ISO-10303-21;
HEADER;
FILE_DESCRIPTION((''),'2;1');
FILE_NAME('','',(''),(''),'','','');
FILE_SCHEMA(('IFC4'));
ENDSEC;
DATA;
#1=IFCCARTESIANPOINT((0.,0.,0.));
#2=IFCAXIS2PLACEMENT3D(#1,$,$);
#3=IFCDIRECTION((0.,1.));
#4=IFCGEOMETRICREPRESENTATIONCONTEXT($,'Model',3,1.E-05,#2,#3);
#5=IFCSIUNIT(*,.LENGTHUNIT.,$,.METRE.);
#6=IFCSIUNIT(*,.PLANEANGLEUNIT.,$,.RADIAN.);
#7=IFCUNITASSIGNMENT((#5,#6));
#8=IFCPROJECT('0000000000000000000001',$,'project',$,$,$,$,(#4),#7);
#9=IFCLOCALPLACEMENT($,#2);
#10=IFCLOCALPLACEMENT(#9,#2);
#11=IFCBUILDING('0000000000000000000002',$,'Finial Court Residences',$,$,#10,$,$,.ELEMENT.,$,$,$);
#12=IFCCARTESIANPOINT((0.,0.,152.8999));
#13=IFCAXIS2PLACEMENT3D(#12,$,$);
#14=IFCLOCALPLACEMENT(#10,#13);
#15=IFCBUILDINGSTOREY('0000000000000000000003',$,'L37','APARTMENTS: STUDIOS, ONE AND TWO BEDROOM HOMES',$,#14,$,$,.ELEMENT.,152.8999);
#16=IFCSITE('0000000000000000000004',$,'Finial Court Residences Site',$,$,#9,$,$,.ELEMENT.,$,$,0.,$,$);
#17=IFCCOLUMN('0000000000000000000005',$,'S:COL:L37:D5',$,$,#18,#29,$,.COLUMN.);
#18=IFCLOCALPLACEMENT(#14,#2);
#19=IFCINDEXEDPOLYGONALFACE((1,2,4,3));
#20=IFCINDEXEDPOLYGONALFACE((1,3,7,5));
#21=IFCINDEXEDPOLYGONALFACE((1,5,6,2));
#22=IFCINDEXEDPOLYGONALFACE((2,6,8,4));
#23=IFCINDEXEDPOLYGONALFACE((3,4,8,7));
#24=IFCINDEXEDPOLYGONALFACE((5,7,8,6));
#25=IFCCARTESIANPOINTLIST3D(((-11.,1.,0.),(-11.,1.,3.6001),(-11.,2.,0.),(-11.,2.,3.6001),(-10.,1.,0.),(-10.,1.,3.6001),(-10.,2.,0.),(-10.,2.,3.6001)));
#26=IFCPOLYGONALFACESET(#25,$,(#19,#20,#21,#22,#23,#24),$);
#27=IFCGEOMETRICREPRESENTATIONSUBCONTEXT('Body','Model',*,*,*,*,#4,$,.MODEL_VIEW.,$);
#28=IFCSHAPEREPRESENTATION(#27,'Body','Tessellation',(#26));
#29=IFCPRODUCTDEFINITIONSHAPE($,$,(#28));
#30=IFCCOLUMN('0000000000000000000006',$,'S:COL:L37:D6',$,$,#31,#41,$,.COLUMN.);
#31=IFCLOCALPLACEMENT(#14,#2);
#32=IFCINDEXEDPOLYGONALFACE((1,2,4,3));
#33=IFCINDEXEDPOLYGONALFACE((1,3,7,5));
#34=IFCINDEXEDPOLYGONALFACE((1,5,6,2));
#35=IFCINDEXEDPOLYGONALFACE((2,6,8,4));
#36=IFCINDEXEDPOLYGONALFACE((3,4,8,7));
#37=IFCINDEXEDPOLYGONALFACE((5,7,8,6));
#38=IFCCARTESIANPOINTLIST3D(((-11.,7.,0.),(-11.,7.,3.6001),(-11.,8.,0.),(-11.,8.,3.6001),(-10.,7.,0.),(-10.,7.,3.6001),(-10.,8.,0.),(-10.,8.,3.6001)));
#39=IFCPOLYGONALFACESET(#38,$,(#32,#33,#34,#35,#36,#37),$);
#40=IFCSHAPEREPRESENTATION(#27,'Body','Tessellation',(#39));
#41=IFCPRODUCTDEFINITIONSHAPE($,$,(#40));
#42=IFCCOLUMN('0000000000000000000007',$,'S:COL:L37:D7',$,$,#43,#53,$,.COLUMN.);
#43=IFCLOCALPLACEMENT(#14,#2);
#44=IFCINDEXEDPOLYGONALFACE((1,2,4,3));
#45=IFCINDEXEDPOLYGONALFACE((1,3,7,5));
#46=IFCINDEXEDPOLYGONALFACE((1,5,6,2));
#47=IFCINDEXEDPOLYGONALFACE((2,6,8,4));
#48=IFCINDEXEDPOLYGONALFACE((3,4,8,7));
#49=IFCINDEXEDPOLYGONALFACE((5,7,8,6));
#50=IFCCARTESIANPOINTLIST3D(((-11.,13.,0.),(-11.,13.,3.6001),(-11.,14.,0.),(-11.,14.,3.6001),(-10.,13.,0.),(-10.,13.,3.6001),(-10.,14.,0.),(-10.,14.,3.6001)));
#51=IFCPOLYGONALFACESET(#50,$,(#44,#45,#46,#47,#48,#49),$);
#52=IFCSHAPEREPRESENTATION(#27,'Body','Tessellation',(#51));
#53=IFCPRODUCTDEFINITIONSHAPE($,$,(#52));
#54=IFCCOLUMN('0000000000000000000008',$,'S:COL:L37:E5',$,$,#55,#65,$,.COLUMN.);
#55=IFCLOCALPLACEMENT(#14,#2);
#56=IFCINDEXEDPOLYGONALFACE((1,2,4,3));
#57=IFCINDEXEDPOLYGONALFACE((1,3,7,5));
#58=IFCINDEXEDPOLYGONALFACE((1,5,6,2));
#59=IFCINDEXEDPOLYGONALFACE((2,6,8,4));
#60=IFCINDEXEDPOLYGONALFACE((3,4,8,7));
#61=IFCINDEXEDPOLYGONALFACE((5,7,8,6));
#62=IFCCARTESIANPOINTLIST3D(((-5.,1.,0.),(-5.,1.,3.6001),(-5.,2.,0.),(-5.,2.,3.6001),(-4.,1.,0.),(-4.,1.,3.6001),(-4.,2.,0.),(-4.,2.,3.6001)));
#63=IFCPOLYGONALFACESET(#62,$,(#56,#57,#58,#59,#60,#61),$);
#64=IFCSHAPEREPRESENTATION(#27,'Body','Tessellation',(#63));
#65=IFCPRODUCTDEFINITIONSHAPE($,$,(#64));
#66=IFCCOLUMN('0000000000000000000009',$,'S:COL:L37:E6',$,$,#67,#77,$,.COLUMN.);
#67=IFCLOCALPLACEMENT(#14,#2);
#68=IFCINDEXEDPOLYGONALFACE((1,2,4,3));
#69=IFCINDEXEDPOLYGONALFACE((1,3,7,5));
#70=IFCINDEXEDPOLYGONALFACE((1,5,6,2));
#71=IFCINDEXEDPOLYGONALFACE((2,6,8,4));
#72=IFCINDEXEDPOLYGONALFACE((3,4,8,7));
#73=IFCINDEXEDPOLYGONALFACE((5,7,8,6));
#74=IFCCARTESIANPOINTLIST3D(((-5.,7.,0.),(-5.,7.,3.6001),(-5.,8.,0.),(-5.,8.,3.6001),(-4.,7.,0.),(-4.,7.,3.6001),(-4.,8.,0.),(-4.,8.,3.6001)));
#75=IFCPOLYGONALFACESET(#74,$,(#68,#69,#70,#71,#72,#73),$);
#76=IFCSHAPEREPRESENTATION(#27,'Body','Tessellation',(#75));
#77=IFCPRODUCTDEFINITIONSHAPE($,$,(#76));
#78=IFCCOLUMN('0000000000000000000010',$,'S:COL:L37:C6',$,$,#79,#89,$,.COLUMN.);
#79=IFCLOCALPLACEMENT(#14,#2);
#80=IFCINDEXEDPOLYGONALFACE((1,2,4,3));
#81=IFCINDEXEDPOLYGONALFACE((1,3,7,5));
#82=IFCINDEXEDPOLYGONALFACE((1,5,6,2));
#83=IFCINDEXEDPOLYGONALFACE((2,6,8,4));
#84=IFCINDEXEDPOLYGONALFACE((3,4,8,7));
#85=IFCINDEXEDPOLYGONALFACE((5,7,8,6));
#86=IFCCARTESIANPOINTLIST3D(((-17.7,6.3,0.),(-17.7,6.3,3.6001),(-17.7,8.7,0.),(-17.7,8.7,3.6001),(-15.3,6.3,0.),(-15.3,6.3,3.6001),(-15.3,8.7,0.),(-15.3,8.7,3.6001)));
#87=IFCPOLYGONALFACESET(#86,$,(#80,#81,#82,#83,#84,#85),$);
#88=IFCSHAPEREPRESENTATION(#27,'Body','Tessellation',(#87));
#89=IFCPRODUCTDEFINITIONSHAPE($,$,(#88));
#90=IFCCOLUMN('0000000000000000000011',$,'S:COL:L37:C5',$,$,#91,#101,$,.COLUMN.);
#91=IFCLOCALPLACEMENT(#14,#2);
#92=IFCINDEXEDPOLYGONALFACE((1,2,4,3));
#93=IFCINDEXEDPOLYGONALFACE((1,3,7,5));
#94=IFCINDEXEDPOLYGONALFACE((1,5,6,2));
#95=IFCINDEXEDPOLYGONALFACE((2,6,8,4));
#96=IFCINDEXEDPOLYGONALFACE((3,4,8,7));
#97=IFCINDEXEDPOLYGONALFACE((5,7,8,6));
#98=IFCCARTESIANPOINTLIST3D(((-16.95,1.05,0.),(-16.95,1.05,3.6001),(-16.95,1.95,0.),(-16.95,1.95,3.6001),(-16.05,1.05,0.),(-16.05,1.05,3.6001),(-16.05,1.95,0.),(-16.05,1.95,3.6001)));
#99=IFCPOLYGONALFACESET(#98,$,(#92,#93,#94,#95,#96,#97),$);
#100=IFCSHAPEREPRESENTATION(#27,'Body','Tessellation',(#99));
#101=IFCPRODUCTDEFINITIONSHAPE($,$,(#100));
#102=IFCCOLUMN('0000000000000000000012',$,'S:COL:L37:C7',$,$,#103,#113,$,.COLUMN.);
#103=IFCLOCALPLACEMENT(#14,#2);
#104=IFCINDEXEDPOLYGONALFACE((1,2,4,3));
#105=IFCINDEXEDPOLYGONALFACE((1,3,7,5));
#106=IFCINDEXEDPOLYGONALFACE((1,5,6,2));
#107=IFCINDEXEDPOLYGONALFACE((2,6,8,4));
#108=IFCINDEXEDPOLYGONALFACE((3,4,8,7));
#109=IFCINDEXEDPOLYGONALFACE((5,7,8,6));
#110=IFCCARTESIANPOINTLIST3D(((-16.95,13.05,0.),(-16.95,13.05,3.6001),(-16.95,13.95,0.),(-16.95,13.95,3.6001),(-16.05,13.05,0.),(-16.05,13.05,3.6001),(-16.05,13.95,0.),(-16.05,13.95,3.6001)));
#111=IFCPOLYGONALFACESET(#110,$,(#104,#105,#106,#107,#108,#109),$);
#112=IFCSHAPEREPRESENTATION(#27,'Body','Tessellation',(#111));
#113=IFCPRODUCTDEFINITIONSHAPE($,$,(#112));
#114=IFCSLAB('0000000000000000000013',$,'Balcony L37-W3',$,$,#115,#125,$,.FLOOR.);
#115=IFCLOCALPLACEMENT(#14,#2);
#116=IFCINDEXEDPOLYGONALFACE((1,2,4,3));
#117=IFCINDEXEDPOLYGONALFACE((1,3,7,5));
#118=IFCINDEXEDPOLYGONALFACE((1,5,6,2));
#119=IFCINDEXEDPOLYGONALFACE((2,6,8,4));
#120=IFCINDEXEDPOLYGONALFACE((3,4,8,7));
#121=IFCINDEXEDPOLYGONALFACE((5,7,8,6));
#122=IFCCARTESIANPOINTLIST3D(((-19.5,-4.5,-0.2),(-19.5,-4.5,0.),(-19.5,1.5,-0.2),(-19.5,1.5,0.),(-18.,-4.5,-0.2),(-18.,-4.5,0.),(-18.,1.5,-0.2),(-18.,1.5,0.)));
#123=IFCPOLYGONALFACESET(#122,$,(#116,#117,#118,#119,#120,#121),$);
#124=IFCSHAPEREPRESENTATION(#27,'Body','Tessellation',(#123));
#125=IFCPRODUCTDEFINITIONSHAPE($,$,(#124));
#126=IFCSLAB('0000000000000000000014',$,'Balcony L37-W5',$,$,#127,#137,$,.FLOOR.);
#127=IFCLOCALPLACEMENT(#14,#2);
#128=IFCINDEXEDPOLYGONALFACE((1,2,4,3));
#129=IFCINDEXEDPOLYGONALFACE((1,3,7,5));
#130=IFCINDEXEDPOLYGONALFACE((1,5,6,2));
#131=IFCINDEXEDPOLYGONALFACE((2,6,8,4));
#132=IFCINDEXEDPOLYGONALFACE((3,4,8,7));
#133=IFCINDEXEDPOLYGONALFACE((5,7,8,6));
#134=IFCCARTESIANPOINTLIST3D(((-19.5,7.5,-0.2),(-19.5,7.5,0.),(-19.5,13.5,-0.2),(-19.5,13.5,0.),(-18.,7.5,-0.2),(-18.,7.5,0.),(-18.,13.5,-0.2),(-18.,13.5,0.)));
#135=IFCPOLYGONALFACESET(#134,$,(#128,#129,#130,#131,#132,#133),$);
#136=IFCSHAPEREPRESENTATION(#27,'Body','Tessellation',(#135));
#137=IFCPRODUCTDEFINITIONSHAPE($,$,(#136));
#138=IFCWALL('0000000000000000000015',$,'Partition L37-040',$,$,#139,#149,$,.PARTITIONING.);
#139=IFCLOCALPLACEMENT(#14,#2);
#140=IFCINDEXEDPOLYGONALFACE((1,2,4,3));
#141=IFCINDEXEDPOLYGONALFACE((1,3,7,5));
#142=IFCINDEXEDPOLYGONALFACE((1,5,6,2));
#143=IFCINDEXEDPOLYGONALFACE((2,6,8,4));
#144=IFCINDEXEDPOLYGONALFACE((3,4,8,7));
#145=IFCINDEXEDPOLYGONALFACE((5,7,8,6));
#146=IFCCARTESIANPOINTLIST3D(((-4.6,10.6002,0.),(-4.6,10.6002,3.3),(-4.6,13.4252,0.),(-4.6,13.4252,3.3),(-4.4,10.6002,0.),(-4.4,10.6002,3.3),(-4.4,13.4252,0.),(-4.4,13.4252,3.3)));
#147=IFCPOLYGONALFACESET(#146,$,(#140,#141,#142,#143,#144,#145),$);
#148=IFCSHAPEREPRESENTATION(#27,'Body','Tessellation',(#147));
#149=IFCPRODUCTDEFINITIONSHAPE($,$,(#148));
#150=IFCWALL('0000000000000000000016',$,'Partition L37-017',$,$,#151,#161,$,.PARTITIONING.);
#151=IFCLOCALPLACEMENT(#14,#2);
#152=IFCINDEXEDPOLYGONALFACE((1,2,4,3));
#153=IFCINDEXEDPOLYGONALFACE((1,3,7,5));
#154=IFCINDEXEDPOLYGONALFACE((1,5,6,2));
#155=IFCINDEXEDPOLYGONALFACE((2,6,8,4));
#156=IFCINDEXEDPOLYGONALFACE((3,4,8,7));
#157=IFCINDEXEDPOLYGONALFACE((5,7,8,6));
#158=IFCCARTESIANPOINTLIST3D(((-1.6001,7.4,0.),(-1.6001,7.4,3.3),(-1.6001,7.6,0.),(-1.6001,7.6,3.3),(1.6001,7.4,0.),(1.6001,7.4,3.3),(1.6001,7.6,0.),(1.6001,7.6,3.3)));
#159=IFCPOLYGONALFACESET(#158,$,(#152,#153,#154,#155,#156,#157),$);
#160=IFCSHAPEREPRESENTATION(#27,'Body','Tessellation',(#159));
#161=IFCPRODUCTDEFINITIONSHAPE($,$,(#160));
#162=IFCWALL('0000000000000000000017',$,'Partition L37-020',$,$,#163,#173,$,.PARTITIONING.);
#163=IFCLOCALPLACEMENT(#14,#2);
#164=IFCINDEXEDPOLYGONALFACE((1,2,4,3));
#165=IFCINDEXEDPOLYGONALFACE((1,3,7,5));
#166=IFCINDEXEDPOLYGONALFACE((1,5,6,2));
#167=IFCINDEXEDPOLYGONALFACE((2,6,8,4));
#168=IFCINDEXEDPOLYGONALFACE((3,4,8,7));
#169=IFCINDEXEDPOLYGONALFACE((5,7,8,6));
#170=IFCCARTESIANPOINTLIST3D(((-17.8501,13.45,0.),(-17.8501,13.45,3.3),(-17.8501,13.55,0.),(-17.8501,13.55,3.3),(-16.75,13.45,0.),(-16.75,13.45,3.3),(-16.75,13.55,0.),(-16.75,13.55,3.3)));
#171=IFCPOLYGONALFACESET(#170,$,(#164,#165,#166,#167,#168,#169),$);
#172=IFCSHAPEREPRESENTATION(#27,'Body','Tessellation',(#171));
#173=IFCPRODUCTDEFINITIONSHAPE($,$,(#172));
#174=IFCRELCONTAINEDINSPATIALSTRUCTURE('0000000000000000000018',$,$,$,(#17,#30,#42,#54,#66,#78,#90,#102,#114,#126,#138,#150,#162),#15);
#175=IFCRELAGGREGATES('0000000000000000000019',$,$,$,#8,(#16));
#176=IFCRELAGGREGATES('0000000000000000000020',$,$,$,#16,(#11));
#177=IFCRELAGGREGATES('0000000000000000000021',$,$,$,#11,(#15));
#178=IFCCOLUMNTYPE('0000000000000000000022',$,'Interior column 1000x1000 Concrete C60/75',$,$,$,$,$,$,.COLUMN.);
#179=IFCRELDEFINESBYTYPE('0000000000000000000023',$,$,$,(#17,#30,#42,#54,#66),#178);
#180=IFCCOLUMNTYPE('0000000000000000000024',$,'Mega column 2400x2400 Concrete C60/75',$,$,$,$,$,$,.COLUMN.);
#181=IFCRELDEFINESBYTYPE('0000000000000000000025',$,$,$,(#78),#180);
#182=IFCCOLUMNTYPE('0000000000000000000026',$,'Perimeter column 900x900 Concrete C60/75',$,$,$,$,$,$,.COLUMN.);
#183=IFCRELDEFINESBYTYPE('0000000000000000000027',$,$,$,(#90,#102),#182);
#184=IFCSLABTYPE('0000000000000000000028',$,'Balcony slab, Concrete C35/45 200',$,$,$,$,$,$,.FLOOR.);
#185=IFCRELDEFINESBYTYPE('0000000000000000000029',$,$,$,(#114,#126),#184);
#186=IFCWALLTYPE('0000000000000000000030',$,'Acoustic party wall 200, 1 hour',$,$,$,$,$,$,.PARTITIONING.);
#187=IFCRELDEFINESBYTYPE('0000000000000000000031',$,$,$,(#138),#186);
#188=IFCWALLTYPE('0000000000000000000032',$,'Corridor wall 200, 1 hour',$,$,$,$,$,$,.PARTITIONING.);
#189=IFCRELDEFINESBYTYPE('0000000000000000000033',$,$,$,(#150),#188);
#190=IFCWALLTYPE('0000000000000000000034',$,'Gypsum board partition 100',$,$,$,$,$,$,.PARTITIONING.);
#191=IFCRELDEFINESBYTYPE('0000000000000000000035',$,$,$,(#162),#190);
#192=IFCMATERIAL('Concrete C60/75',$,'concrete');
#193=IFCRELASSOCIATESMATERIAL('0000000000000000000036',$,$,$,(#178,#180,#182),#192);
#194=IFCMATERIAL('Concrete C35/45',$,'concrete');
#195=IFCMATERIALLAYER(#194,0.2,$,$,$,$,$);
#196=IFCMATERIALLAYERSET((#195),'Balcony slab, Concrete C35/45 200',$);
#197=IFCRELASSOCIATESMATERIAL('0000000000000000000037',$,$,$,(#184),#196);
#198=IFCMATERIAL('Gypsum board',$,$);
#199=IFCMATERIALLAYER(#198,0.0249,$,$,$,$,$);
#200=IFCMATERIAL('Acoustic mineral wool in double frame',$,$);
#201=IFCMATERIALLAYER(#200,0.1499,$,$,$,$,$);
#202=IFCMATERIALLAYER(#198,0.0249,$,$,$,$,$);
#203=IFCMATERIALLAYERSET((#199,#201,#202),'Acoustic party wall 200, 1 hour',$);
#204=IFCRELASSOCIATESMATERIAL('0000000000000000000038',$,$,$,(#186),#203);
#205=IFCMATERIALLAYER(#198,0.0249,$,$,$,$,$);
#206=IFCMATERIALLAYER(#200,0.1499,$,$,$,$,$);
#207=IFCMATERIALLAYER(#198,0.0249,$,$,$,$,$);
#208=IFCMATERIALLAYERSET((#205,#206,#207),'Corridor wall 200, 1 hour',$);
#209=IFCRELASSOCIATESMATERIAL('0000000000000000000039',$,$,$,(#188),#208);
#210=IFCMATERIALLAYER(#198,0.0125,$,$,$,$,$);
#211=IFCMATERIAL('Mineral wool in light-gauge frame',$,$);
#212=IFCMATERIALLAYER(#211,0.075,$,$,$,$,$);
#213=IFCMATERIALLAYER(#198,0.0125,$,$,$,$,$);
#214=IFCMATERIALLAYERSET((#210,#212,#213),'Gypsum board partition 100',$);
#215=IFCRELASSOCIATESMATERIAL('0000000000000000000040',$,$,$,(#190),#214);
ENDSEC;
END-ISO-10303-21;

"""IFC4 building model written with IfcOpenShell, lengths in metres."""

from ifc_helpers import new_model, si_unit, direction, frame, frame_2d, origin, origin_2d, place, context, subcontext, project, spatial, polyline, rectangle, outline, extrude, material, layer, layer_set, material_profile, profile_set, type_object, element, save


model = new_model("IFC4")

# Units and contexts
model_context = context("Model", 3, precision=1e-05, world=origin(), true_north=direction((0.0, 1.0)))
body_context = subcontext(model_context, "Body", "Model", "MODEL_VIEW")
ifc_project = project(units=[si_unit("LENGTHUNIT", "METRE"), si_unit("PLANEANGLEUNIT", "RADIAN")], contexts=[model_context])

# Site, building, storey
site_placement = place(None, origin())
site = spatial("IfcSite", under=ifc_project, at=site_placement, Name="Finial Court Residences Site", CompositionType="ELEMENT", RefElevation=0.0)
building_placement = place(site_placement, origin())
building = spatial("IfcBuilding", under=site, at=building_placement, Name="Finial Court Residences", CompositionType="ELEMENT")
storey_placement = place(building_placement, frame((0.0, 0.0, 152.8999)))
storey = spatial("IfcBuildingStorey", under=building, at=storey_placement, Name="L37", Description="APARTMENTS: STUDIOS, ONE AND TWO BEDROOM HOMES", CompositionType="ELEMENT", Elevation=152.8999)

# Columns
ifc_material_1 = material(Name="Concrete C60/75", Category="concrete")
ifc_material_profile_1 = material_profile(ifc_material_1, rectangle(XDim=1.0, YDim=1.0, at=origin_2d()), Name="1000x1000")
ifc_profile_set_1 = profile_set([ifc_material_profile_1], Name="Concrete C60/75")
column_type_1 = type_object("IfcColumnType", Name="Interior column 1000x1000 Concrete C60/75", PredefinedType="COLUMN", material=ifc_profile_set_1)
for number, where, z_axis, x_axis, name in (
    (1, (-10.5, 1.5, 0.0), (0.0, 0.0, 1.0), (1.0, 0.0, 0.0), "S:COL:L37:D5"),
    (2, (-10.5, 7.5, 0.0), (0.0, 0.0, 1.0), (1.0, 0.0, 0.0), "S:COL:L37:D6"),
    (3, (-10.5, 13.5, 0.0), (0.0, 0.0, 1.0), (1.0, 0.0, 0.0), "S:COL:L37:D7"),
    (4, (-4.5, 1.5, 0.0), (0.0, 0.0, 1.0), (1.0, 0.0, 0.0), "S:COL:L37:E5"),
    (5, (-4.5, 7.5, 0.0), (0.0, 0.0, 1.0), (1.0, 0.0, 0.0), "S:COL:L37:E6"),
):
    element("IfcColumn", number, at=place(storey_placement, frame(where, z_axis=z_axis, x_axis=x_axis)), inside=storey, type_object=column_type_1, Name=name, PredefinedType="COLUMN", context=body_context, shape_type="SweptSolid", body=[
        extrude(rectangle(XDim=1.0, YDim=1.0, at=origin_2d()), origin(), (0.0, 0.0, 1.0), 3.6001),
    ])
ifc_material_profile_2 = material_profile(ifc_material_1, rectangle(XDim=2.3999, YDim=2.3999, at=origin_2d()), Name="2400x2400")
ifc_profile_set_2 = profile_set([ifc_material_profile_2], Name="Concrete C60/75")
column_type_2 = type_object("IfcColumnType", Name="Mega column 2400x2400 Concrete C60/75", PredefinedType="COLUMN", material=ifc_profile_set_2)
column_placement = place(storey_placement, frame((-16.5, 7.5, 0.0), z_axis=(0.0, 0.0, 1.0), x_axis=(1.0, 0.0, 0.0)))
element("IfcColumn", 6, at=column_placement, inside=storey, type_object=column_type_2, Name="S:COL:L37:C6", PredefinedType="COLUMN", context=body_context, shape_type="SweptSolid", body=[
    extrude(rectangle(XDim=2.3999, YDim=2.3999, at=origin_2d()), origin(), (0.0, 0.0, 1.0), 3.6001),
])
ifc_material_profile_3 = material_profile(ifc_material_1, rectangle(XDim=0.8999, YDim=0.8999, at=origin_2d()), Name="900x900")
ifc_profile_set_3 = profile_set([ifc_material_profile_3], Name="Concrete C60/75")
column_type_3 = type_object("IfcColumnType", Name="Perimeter column 900x900 Concrete C60/75", PredefinedType="COLUMN", material=ifc_profile_set_3)
for number, where, z_axis, x_axis, name in (
    (7, (-16.5, 1.5, 0.0), (0.0, 0.0, 1.0), (1.0, 0.0, 0.0), "S:COL:L37:C5"),
    (8, (-16.5, 13.5, 0.0), (0.0, 0.0, 1.0), (1.0, 0.0, 0.0), "S:COL:L37:C7"),
):
    element("IfcColumn", number, at=place(storey_placement, frame(where, z_axis=z_axis, x_axis=x_axis)), inside=storey, type_object=column_type_3, Name=name, PredefinedType="COLUMN", context=body_context, shape_type="SweptSolid", body=[
        extrude(rectangle(XDim=0.8999, YDim=0.8999, at=origin_2d()), origin(), (0.0, 0.0, 1.0), 3.6001),
    ])

# Slabs
ifc_material_2 = material(Name="Concrete C35/45", Category="concrete")
ifc_layer_1 = layer(ifc_material_2, 0.2)
ifc_layer_set_1 = layer_set([ifc_layer_1], Name="Balcony slab, Concrete C35/45 200")
slab_type = type_object("IfcSlabType", Name="Balcony slab, Concrete C35/45 200", PredefinedType="FLOOR", material=ifc_layer_set_1)
slab_1_placement = place(storey_placement, frame((0.0, 0.0, -0.2)))
element("IfcSlab", 9, at=slab_1_placement, inside=storey, type_object=slab_type, Name="Balcony L37-W3", PredefinedType="FLOOR", context=body_context, shape_type="SweptSolid", body=[
    extrude(outline(polyline([(-18.0, -4.5), (-18.0, 1.5), (-19.5, 1.5), (-19.5, -4.5), (-18.0, -4.5)])), origin(), (0.0, 0.0, 1.0), 0.2),
])
slab_2_placement = place(storey_placement, frame((0.0, 0.0, -0.2)))
element("IfcSlab", 10, at=slab_2_placement, inside=storey, type_object=slab_type, Name="Balcony L37-W5", PredefinedType="FLOOR", context=body_context, shape_type="SweptSolid", body=[
    extrude(outline(polyline([(-18.0, 7.5), (-18.0, 13.5), (-19.5, 13.5), (-19.5, 7.5), (-18.0, 7.5)])), origin(), (0.0, 0.0, 1.0), 0.2),
])

# Walls
ifc_material_3 = material(Name="Gypsum board")
ifc_layer_2 = layer(ifc_material_3, 0.0249)
ifc_material_4 = material(Name="Acoustic mineral wool in double frame")
ifc_layer_3 = layer(ifc_material_4, 0.1499)
ifc_layer_4 = layer(ifc_material_3, 0.0249)
ifc_layer_set_2 = layer_set([ifc_layer_2, ifc_layer_3, ifc_layer_4], Name="Acoustic party wall 200, 1 hour")
wall_type_1 = type_object("IfcWallType", Name="Acoustic party wall 200, 1 hour", PredefinedType="PARTITIONING", material=ifc_layer_set_2)
wall_1_placement = place(storey_placement, frame((-4.5, 10.6001, 0.0), z_axis=(0.0, 0.0, 1.0), x_axis=(0.0, 1.0, 0.0)))
element("IfcWall", 11, at=wall_1_placement, inside=storey, type_object=wall_type_1, Name="Partition L37-040", PredefinedType="PARTITIONING", context=body_context, shape_type="SweptSolid", body=[
    extrude(rectangle(XDim=2.825, YDim=0.2, at=frame_2d((1.4126, 0.0))), origin(), (0.0, 0.0, 1.0), 3.3),
])
ifc_layer_5 = layer(ifc_material_3, 0.0249)
ifc_layer_6 = layer(ifc_material_4, 0.1499)
ifc_layer_7 = layer(ifc_material_3, 0.0249)
ifc_layer_set_3 = layer_set([ifc_layer_5, ifc_layer_6, ifc_layer_7], Name="Corridor wall 200, 1 hour")
wall_type_2 = type_object("IfcWallType", Name="Corridor wall 200, 1 hour", PredefinedType="PARTITIONING", material=ifc_layer_set_3)
wall_2_placement = place(storey_placement, frame((-1.6001, 7.5, 0.0), z_axis=(0.0, 0.0, 1.0), x_axis=(1.0, 0.0, 0.0)))
element("IfcWall", 12, at=wall_2_placement, inside=storey, type_object=wall_type_2, Name="Partition L37-017", PredefinedType="PARTITIONING", context=body_context, shape_type="SweptSolid", body=[
    extrude(rectangle(XDim=3.2002, YDim=0.2, at=frame_2d((1.6001, 0.0))), origin(), (0.0, 0.0, 1.0), 3.3),
])
ifc_layer_8 = layer(ifc_material_3, 0.0125)
ifc_material_5 = material(Name="Mineral wool in light-gauge frame")
ifc_layer_9 = layer(ifc_material_5, 0.075)
ifc_layer_10 = layer(ifc_material_3, 0.0125)
ifc_layer_set_4 = layer_set([ifc_layer_8, ifc_layer_9, ifc_layer_10], Name="Gypsum board partition 100")
wall_type_3 = type_object("IfcWallType", Name="Gypsum board partition 100", PredefinedType="PARTITIONING", material=ifc_layer_set_4)
wall_3_placement = place(storey_placement, frame((-17.8501, 13.5, 0.0), z_axis=(0.0, 0.0, 1.0), x_axis=(1.0, 0.0, 0.0)))
element("IfcWall", 13, at=wall_3_placement, inside=storey, type_object=wall_type_3, Name="Partition L37-020", PredefinedType="PARTITIONING", context=body_context, shape_type="SweptSolid", body=[
    extrude(rectangle(XDim=1.1001, YDim=0.1001, at=frame_2d((0.55, 0.0))), origin(), (0.0, 0.0, 1.0), 3.3),
])

save(model, "model.ifc")
